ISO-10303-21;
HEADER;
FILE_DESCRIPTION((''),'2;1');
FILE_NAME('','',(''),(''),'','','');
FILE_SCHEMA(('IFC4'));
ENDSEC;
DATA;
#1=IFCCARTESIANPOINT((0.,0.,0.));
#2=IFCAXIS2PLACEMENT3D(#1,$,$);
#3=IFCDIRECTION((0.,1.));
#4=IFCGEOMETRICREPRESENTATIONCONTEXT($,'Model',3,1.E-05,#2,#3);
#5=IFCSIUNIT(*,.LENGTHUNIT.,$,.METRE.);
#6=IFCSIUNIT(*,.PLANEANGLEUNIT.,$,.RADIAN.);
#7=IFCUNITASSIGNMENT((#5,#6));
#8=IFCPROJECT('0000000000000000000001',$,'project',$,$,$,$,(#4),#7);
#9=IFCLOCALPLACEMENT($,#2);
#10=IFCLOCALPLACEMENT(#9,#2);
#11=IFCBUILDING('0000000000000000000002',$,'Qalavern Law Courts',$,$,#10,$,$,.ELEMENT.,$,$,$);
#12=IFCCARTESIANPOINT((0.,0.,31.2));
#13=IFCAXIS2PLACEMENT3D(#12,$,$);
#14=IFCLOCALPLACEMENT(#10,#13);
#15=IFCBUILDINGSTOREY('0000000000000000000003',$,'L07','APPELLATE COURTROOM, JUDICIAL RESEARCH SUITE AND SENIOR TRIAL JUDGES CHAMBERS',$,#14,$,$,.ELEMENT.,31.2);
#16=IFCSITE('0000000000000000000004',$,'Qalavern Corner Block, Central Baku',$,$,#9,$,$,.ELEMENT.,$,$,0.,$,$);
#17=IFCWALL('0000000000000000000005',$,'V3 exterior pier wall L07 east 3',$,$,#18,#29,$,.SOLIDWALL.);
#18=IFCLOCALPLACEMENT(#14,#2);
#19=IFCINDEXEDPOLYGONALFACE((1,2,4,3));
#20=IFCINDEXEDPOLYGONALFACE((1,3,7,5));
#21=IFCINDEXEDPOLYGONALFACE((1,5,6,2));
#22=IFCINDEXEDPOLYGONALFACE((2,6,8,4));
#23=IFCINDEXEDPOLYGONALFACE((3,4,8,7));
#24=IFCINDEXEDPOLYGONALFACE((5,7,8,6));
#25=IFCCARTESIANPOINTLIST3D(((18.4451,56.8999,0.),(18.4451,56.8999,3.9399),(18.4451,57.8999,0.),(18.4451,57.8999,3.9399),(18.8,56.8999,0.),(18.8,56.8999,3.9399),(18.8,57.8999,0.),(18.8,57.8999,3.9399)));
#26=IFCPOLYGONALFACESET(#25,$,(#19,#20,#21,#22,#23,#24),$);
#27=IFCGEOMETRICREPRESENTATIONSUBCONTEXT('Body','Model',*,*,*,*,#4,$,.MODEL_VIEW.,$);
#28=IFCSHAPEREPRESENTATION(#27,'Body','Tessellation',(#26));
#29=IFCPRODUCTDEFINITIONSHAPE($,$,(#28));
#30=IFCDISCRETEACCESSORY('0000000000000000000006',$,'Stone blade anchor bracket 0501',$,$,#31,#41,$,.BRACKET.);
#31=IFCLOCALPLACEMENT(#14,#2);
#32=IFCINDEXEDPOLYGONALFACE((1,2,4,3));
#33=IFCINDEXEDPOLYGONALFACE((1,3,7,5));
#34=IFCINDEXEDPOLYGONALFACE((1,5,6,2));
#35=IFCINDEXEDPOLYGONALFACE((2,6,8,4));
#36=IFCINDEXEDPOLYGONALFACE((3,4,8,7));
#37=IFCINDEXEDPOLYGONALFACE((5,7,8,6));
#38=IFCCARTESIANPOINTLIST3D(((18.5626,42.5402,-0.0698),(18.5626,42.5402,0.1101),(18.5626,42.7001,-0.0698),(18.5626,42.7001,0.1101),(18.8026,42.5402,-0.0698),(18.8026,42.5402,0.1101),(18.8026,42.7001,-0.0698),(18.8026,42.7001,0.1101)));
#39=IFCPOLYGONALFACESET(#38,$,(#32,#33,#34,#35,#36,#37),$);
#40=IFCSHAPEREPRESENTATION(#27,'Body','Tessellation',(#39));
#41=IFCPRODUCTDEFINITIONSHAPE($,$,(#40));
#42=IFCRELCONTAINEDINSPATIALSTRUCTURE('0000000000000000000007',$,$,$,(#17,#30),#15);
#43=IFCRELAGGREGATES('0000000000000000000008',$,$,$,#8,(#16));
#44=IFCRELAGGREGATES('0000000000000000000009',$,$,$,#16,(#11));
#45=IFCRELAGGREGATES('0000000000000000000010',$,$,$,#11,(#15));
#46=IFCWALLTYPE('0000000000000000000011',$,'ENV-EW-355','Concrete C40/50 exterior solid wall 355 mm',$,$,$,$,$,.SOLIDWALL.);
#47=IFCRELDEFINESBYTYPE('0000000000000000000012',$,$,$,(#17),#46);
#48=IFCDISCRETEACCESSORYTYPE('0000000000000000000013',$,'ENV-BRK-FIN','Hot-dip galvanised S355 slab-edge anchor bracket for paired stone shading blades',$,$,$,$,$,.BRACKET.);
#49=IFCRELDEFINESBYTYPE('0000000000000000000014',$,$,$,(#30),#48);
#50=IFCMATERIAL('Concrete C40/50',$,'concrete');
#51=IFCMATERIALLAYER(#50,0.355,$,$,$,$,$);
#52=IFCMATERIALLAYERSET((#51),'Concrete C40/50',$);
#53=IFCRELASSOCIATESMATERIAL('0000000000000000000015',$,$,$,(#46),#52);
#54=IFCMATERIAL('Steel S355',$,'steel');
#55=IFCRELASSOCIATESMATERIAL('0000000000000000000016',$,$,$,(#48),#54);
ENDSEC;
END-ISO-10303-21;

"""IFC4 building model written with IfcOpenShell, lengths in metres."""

from ifc_helpers import new_model, si_unit, direction, frame, frame_2d, origin, origin_2d, place, context, subcontext, project, spatial, rectangle, extrude, material, layer, layer_set, type_object, element, save


model = new_model("IFC4")

# Units and contexts
model_context = context("Model", 3, precision=1e-05, world=origin(), true_north=direction((0.0, 1.0)))
body_context = subcontext(model_context, "Body", "Model", "MODEL_VIEW")
ifc_project = project(units=[si_unit("LENGTHUNIT", "METRE"), si_unit("PLANEANGLEUNIT", "RADIAN")], contexts=[model_context])

# Site, building, storey
site_placement = place(None, origin())
site = spatial("IfcSite", under=ifc_project, at=site_placement, Name="Qalavern Corner Block, Central Baku", CompositionType="ELEMENT", RefElevation=0.0)
building_placement = place(site_placement, origin())
building = spatial("IfcBuilding", under=site, at=building_placement, Name="Qalavern Law Courts", CompositionType="ELEMENT")
storey_placement = place(building_placement, frame((0.0, 0.0, 31.2)))
storey = spatial("IfcBuildingStorey", under=building, at=storey_placement, Name="L07", Description="APPELLATE COURTROOM, JUDICIAL RESEARCH SUITE AND SENIOR TRIAL JUDGES CHAMBERS", CompositionType="ELEMENT", Elevation=31.2)

# Wall
ifc_material_1 = material(Name="Concrete C40/50", Category="concrete")
ifc_layer_1 = layer(ifc_material_1, 0.355)
ifc_layer_set_1 = layer_set([ifc_layer_1], Name="Concrete C40/50")
wall_type = type_object("IfcWallType", Name="ENV-EW-355", Description="Concrete C40/50 exterior solid wall 355 mm", PredefinedType="SOLIDWALL", material=ifc_layer_set_1)
wall_placement = place(storey_placement, frame((18.6226, 56.8999, 0.0), z_axis=(0.0, 0.0, 1.0), x_axis=(0.0, 1.0, 0.0)))
element("IfcWall", 1, at=wall_placement, inside=storey, type_object=wall_type, Name="V3 exterior pier wall L07 east 3", PredefinedType="SOLIDWALL", context=body_context, shape_type="SweptSolid", body=[
    extrude(rectangle(XDim=1.0, YDim=0.355, at=frame_2d((0.5, 0.0))), origin(), (0.0, 0.0, 1.0), 3.9399),
])

# Discrete accessory
ifc_material_2 = material(Name="Steel S355", Category="steel")
discrete_accessory_type = type_object("IfcDiscreteAccessoryType", Name="ENV-BRK-FIN", Description="Hot-dip galvanised S355 slab-edge anchor bracket for paired stone shading blades", PredefinedType="BRACKET", material=ifc_material_2)
discrete_accessory_placement = place(storey_placement, frame((18.6826, 42.6201, -0.0698), z_axis=(0.0, 0.0, 1.0), x_axis=(1.0, 0.0, 0.0)))
element("IfcDiscreteAccessory", 2, at=discrete_accessory_placement, inside=storey, type_object=discrete_accessory_type, Name="Stone blade anchor bracket 0501", PredefinedType="BRACKET", context=body_context, shape_type="SweptSolid", body=[
    extrude(rectangle(XDim=0.24, YDim=0.1599, at=origin_2d()), origin(), (0.0, 0.0, 1.0), 0.1799),
])

save(model, "model.ifc")
